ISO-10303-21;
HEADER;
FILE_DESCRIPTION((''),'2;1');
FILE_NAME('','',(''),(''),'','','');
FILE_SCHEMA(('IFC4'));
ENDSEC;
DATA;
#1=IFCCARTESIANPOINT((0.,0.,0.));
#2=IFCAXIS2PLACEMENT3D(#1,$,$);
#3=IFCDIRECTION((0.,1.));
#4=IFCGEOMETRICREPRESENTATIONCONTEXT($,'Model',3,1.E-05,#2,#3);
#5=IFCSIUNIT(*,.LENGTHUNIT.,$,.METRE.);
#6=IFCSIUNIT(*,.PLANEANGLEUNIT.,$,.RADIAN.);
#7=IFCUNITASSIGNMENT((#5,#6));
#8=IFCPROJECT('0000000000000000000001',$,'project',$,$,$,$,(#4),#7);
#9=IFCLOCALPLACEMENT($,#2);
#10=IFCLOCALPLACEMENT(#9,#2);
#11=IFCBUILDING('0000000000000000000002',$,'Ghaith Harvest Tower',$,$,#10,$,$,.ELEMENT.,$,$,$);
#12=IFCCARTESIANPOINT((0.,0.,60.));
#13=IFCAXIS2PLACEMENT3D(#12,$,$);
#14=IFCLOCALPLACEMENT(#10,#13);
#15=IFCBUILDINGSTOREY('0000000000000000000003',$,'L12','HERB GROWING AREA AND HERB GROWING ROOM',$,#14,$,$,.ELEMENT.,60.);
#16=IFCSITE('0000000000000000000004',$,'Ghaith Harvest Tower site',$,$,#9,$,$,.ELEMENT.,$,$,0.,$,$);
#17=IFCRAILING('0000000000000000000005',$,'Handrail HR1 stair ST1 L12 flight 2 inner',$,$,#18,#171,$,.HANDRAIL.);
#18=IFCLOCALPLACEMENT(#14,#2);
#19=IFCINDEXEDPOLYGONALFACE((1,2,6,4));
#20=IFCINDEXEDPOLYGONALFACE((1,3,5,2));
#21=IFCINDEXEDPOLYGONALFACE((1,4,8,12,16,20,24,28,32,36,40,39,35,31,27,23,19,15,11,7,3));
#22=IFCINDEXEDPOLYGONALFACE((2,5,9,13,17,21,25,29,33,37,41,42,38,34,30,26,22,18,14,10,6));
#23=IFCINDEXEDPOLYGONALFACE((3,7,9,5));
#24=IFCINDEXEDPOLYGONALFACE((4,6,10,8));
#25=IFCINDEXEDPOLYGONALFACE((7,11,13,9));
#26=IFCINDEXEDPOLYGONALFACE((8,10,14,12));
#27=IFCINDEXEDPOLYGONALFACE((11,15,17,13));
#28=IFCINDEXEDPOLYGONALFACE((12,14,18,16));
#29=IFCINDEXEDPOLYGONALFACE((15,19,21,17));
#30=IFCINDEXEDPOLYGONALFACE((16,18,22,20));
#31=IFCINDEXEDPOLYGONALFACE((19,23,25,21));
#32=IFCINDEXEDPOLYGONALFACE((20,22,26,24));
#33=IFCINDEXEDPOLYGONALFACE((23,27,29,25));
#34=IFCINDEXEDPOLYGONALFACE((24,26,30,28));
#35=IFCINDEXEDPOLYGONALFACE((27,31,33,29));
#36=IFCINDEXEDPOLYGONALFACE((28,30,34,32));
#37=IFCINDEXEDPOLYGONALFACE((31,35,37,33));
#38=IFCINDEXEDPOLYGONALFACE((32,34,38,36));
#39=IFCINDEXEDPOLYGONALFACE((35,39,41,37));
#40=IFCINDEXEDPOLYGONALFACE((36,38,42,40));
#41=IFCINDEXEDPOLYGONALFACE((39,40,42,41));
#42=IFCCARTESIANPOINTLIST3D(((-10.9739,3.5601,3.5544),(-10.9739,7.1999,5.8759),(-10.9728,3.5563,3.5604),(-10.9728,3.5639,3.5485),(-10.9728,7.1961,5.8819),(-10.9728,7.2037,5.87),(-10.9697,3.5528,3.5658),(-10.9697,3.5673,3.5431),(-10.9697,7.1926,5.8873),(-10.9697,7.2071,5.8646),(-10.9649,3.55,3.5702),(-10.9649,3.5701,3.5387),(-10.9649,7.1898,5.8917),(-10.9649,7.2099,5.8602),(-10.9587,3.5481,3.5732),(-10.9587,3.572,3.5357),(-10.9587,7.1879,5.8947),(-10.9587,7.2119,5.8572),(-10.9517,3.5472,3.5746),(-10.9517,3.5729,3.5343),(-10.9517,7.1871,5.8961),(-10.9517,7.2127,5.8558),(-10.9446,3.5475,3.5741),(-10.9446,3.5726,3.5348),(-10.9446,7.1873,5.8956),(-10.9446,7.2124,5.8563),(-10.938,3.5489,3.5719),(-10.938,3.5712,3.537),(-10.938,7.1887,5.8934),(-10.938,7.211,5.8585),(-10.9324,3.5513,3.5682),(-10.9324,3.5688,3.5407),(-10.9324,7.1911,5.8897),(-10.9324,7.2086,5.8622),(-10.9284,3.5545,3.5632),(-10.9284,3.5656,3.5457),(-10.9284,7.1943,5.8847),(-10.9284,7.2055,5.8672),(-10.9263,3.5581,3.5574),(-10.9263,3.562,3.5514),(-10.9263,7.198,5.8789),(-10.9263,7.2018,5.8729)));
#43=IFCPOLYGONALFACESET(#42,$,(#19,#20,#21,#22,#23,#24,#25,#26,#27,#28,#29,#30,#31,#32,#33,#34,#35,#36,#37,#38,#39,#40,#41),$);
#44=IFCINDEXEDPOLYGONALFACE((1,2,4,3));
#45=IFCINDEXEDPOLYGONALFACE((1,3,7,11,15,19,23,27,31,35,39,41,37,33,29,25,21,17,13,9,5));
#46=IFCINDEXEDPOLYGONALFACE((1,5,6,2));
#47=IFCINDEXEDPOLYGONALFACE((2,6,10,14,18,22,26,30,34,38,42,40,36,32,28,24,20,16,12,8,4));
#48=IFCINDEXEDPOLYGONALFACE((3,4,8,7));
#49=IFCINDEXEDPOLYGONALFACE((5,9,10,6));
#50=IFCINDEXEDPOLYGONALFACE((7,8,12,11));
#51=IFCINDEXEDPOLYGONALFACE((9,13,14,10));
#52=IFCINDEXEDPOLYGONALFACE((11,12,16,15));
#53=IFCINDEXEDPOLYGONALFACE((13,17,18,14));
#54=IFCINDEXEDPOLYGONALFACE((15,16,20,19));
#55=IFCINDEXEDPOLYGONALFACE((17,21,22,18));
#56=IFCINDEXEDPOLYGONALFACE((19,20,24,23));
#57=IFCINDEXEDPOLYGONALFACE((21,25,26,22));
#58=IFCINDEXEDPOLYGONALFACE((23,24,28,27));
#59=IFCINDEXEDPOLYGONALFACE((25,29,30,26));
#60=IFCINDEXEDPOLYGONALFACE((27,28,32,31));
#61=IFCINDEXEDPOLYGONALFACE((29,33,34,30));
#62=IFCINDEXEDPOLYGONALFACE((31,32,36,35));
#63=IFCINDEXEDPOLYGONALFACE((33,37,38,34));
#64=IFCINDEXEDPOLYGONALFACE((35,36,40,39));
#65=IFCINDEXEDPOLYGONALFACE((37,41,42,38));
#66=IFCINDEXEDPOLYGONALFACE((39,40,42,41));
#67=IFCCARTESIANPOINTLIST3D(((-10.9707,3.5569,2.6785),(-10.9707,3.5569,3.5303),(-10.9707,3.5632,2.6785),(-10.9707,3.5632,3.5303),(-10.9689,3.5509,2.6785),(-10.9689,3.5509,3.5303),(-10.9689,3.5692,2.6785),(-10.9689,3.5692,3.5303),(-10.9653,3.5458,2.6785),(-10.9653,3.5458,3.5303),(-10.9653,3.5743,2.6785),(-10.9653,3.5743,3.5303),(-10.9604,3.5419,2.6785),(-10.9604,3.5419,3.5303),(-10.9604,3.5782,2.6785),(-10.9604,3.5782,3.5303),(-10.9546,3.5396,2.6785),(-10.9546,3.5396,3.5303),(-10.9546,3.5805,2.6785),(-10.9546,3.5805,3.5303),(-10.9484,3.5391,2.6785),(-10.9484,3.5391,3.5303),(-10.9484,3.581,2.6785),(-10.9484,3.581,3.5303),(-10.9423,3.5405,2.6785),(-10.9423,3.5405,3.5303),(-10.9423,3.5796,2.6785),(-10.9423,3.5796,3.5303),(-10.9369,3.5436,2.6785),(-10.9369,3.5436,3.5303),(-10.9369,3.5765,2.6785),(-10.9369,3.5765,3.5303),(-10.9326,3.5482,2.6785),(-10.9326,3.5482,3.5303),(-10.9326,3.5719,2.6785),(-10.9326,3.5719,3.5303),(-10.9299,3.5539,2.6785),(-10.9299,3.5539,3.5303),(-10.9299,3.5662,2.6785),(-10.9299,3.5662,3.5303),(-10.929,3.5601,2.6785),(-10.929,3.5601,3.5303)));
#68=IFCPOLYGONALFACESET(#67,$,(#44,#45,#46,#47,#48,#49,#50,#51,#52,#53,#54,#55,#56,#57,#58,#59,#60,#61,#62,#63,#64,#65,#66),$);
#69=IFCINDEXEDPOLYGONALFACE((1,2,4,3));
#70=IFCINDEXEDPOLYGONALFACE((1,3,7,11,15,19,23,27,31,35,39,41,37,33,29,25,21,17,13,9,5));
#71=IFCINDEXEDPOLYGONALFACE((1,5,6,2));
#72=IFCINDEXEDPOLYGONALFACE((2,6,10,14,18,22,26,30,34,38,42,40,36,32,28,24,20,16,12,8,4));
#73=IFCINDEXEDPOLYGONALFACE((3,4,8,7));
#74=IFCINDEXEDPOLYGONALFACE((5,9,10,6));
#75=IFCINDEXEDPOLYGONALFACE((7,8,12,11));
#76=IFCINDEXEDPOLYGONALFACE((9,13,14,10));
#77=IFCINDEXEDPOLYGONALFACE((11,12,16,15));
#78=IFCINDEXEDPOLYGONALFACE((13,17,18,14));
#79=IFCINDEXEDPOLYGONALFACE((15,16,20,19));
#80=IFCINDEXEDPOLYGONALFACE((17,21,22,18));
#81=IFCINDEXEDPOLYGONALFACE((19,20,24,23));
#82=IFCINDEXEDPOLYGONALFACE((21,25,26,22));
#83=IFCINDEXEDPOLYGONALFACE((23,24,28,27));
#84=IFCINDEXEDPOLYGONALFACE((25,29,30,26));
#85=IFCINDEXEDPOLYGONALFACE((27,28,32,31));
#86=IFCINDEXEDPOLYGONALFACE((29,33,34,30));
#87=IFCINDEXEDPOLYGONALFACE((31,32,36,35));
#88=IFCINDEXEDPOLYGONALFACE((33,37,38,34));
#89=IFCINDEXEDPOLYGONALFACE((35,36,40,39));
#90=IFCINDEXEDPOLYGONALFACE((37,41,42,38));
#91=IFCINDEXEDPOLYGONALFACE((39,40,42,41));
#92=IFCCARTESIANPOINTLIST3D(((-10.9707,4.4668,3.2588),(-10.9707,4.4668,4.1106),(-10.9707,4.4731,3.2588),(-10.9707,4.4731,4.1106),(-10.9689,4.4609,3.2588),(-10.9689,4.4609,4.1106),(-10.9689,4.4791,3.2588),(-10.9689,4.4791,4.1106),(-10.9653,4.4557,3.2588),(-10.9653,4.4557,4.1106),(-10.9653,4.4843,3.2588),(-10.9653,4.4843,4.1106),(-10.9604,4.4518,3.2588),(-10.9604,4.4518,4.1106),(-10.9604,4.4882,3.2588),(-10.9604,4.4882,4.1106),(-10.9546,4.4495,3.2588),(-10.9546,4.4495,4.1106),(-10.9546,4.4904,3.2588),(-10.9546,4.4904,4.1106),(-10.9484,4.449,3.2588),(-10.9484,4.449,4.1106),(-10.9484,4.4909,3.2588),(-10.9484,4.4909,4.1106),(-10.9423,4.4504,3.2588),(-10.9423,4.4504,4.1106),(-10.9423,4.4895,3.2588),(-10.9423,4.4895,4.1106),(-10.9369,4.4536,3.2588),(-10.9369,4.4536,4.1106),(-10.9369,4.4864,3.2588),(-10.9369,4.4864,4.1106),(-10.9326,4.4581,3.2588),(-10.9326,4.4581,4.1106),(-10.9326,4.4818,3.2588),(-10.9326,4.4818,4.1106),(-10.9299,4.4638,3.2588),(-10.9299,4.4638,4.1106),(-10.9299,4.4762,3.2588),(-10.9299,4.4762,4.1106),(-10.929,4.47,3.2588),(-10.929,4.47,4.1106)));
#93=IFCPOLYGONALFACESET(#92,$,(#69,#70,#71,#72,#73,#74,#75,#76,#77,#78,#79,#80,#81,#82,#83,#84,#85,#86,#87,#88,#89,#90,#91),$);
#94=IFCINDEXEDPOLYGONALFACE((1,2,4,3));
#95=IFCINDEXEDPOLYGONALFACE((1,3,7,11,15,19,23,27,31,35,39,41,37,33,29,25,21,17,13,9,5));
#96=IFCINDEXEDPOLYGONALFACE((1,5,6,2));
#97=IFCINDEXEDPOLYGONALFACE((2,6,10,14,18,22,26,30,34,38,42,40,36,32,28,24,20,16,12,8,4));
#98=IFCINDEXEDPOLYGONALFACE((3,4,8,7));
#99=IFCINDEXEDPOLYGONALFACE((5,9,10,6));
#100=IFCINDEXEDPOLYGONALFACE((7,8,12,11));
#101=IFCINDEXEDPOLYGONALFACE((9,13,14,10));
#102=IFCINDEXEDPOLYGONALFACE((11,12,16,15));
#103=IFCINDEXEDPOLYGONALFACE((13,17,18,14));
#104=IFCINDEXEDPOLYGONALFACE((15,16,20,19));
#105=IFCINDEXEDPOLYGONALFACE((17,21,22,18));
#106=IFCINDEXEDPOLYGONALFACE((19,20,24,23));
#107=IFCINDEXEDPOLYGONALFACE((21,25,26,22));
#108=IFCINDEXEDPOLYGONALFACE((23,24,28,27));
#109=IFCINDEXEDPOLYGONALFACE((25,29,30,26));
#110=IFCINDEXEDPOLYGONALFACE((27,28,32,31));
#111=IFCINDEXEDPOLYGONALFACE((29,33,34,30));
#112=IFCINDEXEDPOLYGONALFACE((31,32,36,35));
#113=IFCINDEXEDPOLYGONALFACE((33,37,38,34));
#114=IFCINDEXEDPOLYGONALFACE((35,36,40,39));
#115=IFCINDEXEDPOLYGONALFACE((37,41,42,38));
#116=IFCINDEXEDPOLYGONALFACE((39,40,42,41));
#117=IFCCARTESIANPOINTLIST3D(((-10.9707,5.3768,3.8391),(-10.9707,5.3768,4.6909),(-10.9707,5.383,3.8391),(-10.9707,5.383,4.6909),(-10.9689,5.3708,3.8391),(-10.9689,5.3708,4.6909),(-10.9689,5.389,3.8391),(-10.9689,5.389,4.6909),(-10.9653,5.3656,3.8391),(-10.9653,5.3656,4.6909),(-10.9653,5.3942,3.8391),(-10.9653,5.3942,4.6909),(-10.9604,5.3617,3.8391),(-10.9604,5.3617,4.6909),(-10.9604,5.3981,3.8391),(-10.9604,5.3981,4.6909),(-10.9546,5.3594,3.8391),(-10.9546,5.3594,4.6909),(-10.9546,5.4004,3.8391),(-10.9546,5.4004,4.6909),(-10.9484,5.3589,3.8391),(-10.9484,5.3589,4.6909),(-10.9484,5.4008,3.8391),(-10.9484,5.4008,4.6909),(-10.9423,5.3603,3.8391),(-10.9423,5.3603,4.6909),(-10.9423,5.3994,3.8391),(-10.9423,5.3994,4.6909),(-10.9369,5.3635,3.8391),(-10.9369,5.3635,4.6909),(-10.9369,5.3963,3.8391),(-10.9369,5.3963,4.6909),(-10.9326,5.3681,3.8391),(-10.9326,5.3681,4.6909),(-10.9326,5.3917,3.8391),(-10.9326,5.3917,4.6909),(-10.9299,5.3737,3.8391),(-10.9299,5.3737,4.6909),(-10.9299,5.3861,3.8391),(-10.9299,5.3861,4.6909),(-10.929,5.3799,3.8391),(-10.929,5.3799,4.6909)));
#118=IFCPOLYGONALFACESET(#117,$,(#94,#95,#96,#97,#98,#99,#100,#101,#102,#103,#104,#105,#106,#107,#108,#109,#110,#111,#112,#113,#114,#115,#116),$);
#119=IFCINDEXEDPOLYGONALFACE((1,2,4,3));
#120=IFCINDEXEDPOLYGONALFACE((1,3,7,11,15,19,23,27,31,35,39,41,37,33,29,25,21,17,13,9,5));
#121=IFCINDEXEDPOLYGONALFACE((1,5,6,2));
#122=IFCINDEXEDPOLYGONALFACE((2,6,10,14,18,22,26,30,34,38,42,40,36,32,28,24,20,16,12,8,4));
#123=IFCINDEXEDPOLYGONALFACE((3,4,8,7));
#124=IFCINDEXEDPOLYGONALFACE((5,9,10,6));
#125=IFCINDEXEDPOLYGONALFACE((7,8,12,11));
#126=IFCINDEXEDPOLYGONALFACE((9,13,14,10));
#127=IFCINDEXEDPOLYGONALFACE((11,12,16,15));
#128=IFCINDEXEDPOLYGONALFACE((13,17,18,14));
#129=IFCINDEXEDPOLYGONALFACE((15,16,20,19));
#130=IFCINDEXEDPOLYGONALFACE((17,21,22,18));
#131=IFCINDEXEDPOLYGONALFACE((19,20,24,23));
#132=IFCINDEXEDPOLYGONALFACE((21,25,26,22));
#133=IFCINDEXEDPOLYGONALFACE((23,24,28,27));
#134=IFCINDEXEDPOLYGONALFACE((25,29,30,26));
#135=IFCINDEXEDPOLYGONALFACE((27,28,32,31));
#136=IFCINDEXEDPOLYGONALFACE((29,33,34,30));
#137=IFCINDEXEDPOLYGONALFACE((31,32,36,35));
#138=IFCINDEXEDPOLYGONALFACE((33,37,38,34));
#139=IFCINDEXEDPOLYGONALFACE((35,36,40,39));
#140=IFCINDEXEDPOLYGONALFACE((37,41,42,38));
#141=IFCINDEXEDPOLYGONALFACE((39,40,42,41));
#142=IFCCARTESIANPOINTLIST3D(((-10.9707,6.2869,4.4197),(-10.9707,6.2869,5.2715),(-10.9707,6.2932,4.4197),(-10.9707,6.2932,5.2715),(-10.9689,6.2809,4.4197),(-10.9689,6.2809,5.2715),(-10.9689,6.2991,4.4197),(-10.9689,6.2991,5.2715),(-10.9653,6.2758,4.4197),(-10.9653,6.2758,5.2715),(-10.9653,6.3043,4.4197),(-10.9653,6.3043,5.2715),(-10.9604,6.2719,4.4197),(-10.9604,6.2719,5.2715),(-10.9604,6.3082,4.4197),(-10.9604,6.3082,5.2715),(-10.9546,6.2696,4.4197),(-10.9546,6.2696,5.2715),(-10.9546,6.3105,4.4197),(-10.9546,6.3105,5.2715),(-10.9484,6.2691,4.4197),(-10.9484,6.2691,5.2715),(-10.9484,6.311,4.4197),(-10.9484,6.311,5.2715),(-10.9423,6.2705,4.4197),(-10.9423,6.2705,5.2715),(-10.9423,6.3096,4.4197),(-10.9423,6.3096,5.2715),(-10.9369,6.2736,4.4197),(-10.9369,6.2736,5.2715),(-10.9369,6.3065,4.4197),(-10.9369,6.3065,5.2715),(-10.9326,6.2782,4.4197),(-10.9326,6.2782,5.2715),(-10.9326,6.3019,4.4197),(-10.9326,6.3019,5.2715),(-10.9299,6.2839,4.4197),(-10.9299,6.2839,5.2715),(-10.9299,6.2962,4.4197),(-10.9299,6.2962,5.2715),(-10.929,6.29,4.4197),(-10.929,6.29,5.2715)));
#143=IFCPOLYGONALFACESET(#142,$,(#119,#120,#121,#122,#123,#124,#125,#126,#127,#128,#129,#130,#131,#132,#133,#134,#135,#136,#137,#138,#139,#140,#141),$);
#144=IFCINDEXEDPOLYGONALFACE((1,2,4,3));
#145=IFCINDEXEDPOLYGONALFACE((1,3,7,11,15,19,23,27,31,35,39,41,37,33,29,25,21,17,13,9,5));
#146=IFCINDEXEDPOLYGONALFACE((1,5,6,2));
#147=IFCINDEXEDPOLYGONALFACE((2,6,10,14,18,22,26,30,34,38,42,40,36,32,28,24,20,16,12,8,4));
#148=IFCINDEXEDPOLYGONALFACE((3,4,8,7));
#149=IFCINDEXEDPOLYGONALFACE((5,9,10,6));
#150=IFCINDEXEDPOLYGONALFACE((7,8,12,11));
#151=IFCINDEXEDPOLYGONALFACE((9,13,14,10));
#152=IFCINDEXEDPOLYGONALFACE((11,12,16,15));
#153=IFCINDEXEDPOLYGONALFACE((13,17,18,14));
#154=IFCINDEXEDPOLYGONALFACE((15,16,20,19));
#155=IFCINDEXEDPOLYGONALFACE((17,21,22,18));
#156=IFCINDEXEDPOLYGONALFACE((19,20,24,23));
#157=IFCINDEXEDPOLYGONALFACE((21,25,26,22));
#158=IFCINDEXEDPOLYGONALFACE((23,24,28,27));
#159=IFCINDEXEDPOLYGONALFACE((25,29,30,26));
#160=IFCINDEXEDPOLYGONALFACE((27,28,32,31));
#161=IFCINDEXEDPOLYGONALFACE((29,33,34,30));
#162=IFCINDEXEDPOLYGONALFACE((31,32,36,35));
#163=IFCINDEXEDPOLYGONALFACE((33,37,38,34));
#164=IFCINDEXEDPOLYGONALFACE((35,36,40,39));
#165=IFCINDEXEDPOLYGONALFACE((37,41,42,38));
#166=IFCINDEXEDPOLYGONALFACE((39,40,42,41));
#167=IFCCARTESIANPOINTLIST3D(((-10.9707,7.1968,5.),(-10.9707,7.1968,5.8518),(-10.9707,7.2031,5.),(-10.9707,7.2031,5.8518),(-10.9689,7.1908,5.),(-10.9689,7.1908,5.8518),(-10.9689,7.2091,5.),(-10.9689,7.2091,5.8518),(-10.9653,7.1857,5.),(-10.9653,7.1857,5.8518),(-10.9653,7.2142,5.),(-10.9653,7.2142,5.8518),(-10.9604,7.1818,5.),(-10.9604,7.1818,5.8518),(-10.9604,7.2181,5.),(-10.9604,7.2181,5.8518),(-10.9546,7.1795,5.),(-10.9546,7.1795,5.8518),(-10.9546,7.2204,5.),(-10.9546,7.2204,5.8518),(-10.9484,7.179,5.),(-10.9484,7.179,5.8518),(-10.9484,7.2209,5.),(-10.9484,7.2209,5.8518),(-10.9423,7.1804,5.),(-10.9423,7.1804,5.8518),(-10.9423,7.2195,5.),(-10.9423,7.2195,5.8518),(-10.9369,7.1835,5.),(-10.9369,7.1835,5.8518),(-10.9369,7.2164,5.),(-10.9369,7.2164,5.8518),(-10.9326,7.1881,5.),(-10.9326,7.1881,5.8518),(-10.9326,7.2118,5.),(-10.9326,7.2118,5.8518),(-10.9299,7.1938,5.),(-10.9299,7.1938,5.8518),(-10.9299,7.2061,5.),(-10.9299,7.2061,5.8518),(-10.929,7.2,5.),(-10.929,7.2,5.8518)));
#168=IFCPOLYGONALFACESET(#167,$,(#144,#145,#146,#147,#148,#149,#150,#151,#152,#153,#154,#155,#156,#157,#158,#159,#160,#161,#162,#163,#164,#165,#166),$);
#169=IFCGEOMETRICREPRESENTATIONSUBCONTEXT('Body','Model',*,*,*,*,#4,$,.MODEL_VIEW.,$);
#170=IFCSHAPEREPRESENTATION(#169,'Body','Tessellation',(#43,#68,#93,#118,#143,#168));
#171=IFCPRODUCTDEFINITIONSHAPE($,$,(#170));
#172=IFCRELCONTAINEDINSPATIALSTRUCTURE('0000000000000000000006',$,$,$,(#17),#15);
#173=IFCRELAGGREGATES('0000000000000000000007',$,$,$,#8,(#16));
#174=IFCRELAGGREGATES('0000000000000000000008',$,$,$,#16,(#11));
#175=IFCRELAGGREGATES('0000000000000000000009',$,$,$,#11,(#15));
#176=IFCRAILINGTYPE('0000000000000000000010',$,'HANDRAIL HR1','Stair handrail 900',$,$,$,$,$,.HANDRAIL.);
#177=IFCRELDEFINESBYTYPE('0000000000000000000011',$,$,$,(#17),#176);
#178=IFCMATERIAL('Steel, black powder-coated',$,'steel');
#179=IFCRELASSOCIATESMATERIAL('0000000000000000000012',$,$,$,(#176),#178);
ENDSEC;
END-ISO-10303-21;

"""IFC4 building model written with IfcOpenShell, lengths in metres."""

from ifc_helpers import new_model, si_unit, direction, frame, origin, origin_2d, place, context, subcontext, project, spatial, circle, extrude, material, type_object, element, save


model = new_model("IFC4")

# Units and contexts
model_context = context("Model", 3, precision=1e-05, world=origin(), true_north=direction((0.0, 1.0)))
body_context = subcontext(model_context, "Body", "Model", "MODEL_VIEW")
ifc_project = project(units=[si_unit("LENGTHUNIT", "METRE"), si_unit("PLANEANGLEUNIT", "RADIAN")], contexts=[model_context])

# Site, building, storey
site_placement = place(None, origin())
site = spatial("IfcSite", under=ifc_project, at=site_placement, Name="Ghaith Harvest Tower site", CompositionType="ELEMENT", RefElevation=0.0)
building_placement = place(site_placement, origin())
building = spatial("IfcBuilding", under=site, at=building_placement, Name="Ghaith Harvest Tower", CompositionType="ELEMENT")
storey_placement = place(building_placement, frame((0.0, 0.0, 60.0)))
storey = spatial("IfcBuildingStorey", under=building, at=storey_placement, Name="L12", Description="HERB GROWING AREA AND HERB GROWING ROOM", CompositionType="ELEMENT", Elevation=60.0)

# Railing
ifc_material_1 = material(Name="Steel, black powder-coated", Category="steel")
railing_type = type_object("IfcRailingType", Name="HANDRAIL HR1", Description="Stair handrail 900", PredefinedType="HANDRAIL", material=ifc_material_1)
railing_1_placement = place(storey_placement, frame((-10.95, 3.5601, 2.6785)))
element("IfcRailing", 1, at=railing_1_placement, inside=storey, type_object=railing_type, Name="Handrail HR1 stair ST1 L12 flight 2 inner", PredefinedType="HANDRAIL", context=body_context, shape_type="SweptSolid", body=[
    extrude(circle(Radius=0.0239, at=origin_2d()), frame((0.0, 0.0, 0.876), z_axis=(0.0, 0.843112, 0.537739), x_axis=(-1.0, 0.0, 0.0)), (0.0, 0.0, 1.0), 4.3171),
    extrude(circle(Radius=0.021, at=origin_2d()), origin(), (0.0, 0.0, 1.0), 0.8518),
    extrude(circle(Radius=0.021, at=origin_2d()), frame((0.0, 0.9099, 0.5803)), (0.0, 0.0, 1.0), 0.8518),
    extrude(circle(Radius=0.021, at=origin_2d()), frame((0.0, 1.8198, 1.1606)), (0.0, 0.0, 1.0), 0.8518),
    extrude(circle(Radius=0.021, at=origin_2d()), frame((0.0, 2.73, 1.7412)), (0.0, 0.0, 1.0), 0.8518),
    extrude(circle(Radius=0.021, at=origin_2d()), frame((0.0, 3.6399, 2.3215)), (0.0, 0.0, 1.0), 0.8518),
])

save(model, "model.ifc")
